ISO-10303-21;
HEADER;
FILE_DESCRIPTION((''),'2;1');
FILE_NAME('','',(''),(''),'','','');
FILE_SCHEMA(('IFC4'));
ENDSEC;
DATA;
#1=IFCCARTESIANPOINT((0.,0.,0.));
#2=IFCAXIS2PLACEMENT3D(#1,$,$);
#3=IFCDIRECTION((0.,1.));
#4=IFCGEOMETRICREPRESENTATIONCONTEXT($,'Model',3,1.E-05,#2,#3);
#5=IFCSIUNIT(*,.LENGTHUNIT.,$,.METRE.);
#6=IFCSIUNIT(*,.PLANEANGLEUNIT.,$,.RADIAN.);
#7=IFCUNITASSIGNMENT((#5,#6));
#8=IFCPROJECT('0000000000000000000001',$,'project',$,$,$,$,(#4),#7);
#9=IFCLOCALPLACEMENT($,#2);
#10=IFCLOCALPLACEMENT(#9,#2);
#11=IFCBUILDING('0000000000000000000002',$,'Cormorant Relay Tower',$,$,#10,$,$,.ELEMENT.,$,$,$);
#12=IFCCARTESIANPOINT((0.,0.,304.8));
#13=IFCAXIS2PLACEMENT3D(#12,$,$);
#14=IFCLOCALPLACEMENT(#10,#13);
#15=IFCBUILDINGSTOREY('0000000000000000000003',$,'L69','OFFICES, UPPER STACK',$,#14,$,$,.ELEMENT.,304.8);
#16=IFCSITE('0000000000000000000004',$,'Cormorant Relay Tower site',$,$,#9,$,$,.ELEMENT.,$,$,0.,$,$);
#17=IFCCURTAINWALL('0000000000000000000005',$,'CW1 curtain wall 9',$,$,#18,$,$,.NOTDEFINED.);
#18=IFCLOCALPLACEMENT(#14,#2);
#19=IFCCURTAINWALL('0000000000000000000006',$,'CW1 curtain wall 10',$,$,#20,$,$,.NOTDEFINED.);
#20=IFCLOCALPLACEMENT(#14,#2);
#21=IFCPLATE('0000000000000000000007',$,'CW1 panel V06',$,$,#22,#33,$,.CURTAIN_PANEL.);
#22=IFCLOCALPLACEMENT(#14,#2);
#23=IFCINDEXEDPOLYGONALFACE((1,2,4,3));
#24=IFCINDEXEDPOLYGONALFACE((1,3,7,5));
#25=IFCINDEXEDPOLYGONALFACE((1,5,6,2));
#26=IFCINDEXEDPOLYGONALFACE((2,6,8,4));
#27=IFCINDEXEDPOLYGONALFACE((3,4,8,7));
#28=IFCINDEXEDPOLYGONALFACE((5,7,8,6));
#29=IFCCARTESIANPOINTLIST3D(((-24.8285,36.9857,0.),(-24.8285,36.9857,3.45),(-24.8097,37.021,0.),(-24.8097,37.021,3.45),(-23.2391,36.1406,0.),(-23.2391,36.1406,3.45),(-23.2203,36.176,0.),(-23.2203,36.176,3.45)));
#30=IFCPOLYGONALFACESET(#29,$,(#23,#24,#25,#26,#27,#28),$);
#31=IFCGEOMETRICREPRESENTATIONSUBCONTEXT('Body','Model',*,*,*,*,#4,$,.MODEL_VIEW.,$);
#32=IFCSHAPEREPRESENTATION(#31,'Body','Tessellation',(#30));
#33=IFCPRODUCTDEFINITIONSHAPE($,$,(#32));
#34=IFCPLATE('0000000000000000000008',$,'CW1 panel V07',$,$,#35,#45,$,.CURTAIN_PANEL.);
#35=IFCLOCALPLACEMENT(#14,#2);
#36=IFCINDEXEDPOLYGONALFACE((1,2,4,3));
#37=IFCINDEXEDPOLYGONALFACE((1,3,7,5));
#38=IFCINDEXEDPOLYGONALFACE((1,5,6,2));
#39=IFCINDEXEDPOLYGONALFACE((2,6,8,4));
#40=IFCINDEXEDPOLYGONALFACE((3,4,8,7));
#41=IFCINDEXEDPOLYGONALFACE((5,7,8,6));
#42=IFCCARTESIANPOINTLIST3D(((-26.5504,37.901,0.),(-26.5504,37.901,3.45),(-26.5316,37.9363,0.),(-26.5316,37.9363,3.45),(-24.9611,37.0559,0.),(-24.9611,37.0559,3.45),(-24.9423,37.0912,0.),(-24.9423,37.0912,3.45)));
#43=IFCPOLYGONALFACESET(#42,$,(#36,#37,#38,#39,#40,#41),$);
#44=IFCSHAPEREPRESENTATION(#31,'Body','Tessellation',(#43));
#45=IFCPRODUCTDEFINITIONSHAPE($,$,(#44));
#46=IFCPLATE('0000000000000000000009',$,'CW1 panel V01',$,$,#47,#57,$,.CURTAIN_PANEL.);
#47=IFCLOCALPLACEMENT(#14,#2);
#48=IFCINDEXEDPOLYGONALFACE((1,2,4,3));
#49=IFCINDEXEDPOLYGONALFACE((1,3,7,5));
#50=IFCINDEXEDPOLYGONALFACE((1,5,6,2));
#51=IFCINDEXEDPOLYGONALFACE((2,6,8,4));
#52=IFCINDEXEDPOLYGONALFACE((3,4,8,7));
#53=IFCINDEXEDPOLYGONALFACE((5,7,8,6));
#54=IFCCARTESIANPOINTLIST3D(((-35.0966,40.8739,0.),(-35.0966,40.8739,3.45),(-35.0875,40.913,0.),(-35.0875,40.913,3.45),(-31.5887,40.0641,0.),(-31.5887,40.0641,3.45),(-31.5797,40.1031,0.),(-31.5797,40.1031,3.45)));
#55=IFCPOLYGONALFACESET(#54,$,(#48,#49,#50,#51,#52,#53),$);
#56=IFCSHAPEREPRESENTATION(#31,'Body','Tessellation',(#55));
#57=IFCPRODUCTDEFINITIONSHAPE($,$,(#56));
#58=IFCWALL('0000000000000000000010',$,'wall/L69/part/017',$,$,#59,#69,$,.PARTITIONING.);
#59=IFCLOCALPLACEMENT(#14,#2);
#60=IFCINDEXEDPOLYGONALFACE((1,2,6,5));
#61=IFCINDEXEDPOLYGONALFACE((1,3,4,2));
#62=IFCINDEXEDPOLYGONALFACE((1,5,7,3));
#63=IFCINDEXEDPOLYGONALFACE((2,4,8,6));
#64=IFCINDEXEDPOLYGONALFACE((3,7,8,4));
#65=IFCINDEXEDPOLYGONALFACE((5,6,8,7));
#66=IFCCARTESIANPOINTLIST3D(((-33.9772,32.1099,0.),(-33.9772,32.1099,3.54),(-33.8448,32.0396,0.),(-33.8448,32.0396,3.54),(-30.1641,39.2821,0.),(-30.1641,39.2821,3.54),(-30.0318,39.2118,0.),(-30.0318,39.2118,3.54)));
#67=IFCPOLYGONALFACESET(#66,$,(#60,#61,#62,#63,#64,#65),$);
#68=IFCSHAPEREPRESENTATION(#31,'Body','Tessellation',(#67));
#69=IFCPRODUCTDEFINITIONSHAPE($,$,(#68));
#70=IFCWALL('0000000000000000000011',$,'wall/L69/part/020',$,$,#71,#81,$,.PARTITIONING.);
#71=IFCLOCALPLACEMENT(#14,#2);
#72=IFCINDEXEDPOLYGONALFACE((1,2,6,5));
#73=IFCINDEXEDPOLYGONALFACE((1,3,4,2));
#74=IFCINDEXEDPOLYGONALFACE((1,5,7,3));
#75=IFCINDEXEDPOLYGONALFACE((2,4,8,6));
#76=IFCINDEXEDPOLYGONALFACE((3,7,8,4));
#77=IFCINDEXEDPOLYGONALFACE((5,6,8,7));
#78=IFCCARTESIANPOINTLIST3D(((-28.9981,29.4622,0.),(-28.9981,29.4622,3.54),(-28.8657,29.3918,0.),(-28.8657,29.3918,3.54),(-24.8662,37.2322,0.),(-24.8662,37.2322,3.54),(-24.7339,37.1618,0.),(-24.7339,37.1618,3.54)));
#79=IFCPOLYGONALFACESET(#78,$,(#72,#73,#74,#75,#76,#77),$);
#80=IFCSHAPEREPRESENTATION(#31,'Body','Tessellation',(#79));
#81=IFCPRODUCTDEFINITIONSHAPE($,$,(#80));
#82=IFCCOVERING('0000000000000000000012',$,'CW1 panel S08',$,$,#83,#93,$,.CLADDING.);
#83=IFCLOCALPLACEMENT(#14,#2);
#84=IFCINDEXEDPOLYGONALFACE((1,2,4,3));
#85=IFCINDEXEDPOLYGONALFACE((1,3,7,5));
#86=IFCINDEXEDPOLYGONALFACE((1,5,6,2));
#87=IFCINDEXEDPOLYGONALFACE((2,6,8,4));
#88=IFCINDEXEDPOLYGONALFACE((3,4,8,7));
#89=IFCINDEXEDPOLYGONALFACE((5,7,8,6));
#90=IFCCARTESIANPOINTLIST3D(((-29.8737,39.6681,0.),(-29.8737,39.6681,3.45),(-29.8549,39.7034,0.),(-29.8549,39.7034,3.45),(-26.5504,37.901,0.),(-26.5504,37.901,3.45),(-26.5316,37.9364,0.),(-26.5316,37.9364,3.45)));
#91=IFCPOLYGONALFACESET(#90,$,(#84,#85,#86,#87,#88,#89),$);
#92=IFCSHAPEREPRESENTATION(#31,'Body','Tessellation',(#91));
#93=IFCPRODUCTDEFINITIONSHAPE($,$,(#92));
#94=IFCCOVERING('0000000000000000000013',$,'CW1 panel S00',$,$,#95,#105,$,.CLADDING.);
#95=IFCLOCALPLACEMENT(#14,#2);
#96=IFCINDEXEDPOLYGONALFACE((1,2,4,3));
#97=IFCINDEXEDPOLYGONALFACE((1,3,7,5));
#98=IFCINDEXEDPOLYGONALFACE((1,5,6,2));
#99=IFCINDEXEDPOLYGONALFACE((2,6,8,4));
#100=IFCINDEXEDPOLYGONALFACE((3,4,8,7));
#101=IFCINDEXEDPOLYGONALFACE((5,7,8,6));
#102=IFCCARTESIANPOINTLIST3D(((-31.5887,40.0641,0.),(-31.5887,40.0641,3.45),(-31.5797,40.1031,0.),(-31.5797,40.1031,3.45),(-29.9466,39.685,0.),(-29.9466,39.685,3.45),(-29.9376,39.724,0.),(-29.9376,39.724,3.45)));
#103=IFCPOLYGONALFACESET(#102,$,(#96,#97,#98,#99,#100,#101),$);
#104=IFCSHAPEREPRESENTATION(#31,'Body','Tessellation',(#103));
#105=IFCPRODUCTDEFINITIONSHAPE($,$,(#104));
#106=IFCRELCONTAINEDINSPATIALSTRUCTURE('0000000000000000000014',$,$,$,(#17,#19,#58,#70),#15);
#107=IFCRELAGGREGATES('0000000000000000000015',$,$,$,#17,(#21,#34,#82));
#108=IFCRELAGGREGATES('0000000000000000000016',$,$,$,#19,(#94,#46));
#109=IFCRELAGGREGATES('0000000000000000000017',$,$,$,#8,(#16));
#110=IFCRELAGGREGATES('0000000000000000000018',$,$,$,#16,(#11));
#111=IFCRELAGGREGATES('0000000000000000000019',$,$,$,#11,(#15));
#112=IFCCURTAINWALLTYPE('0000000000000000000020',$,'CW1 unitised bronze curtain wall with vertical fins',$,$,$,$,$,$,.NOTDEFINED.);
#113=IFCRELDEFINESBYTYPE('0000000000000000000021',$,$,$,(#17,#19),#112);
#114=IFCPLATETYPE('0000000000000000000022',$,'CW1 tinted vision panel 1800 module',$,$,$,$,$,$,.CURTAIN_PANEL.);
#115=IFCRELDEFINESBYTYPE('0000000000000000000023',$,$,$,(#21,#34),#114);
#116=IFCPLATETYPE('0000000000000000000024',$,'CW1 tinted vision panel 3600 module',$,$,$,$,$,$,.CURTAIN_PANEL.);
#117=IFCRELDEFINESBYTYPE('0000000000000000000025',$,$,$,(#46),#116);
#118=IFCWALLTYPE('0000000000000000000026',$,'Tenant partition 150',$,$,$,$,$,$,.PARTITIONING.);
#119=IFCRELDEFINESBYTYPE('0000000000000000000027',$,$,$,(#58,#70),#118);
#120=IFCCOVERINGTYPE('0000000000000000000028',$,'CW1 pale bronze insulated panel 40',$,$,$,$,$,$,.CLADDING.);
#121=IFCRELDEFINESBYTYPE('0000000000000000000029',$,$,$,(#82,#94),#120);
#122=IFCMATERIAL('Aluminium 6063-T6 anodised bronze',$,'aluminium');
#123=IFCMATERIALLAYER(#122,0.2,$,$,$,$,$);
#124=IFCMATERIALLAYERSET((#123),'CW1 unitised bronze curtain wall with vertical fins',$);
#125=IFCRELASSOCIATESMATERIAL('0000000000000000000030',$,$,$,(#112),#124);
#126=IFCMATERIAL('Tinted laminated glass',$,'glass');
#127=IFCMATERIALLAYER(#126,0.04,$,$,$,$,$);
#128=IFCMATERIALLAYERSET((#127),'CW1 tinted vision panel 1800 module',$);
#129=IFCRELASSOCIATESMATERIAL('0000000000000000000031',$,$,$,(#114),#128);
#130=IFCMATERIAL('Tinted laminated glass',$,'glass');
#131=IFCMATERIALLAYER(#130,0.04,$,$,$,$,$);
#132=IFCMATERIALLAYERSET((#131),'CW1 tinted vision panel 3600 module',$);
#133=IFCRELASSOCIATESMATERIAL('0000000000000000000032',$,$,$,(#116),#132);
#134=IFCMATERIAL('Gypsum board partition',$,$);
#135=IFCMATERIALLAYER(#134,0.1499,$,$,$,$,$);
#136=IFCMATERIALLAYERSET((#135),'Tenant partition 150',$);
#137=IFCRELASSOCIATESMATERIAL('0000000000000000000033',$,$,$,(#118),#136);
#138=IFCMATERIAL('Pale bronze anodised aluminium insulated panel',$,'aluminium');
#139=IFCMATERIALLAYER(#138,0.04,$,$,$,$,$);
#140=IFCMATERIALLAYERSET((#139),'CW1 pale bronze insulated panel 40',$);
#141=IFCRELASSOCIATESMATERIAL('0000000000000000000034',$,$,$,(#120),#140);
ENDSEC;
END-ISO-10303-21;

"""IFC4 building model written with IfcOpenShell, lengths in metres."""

from ifc_helpers import new_model, si_unit, direction, frame, frame_2d, origin, origin_2d, place, context, subcontext, project, spatial, rectangle, extrude, material, layer, layer_set, type_object, element, aggregate, save


model = new_model("IFC4")

# Units and contexts
model_context = context("Model", 3, precision=1e-05, world=origin(), true_north=direction((0.0, 1.0)))
body_context = subcontext(model_context, "Body", "Model", "MODEL_VIEW")
ifc_project = project(units=[si_unit("LENGTHUNIT", "METRE"), si_unit("PLANEANGLEUNIT", "RADIAN")], contexts=[model_context])

# Site, building, storey
site_placement = place(None, origin())
site = spatial("IfcSite", under=ifc_project, at=site_placement, Name="Cormorant Relay Tower site", CompositionType="ELEMENT", RefElevation=0.0)
building_placement = place(site_placement, origin())
building = spatial("IfcBuilding", under=site, at=building_placement, Name="Cormorant Relay Tower", CompositionType="ELEMENT")
storey_placement = place(building_placement, frame((0.0, 0.0, 304.8)))
storey = spatial("IfcBuildingStorey", under=building, at=storey_placement, Name="L69", Description="OFFICES, UPPER STACK", CompositionType="ELEMENT", Elevation=304.8)

# Curtain wall
ifc_material_1 = material(Name="Aluminium 6063-T6 anodised bronze", Category="aluminium")
ifc_layer_1 = layer(ifc_material_1, 0.2)
ifc_layer_set_1 = layer_set([ifc_layer_1], Name="CW1 unitised bronze curtain wall with vertical fins")
curtain_wall_type = type_object("IfcCurtainWallType", Name="CW1 unitised bronze curtain wall with vertical fins", PredefinedType="NOTDEFINED", material=ifc_layer_set_1)
curtain_wall_1_placement = place(storey_placement, origin())
curtain_wall_1 = element("IfcCurtainWall", 1, at=curtain_wall_1_placement, inside=storey, type_object=curtain_wall_type, Name="CW1 curtain wall 9", PredefinedType="NOTDEFINED")

# Curtain wall
curtain_wall_2_placement = place(storey_placement, origin())
curtain_wall_2 = element("IfcCurtainWall", 2, at=curtain_wall_2_placement, inside=storey, type_object=curtain_wall_type, Name="CW1 curtain wall 10", PredefinedType="NOTDEFINED")

# Plates
ifc_material_2 = material(Name="Tinted laminated glass", Category="glass")
ifc_layer_2 = layer(ifc_material_2, 0.04)
ifc_layer_set_2 = layer_set([ifc_layer_2], Name="CW1 tinted vision panel 1800 module")
plate_type_1 = type_object("IfcPlateType", Name="CW1 tinted vision panel 1800 module", PredefinedType="CURTAIN_PANEL", material=ifc_layer_set_2)
plate_1_placement = place(storey_placement, frame((-24.0244, 36.5808, 0.0), z_axis=(0.0, 0.0, 1.0), x_axis=(-0.882948, 0.469472, 0.0)))
plate_1 = element("IfcPlate", 3, at=plate_1_placement, type_object=plate_type_1, Name="CW1 panel V06", PredefinedType="CURTAIN_PANEL", context=body_context, shape_type="SweptSolid", body=[
    extrude(rectangle(XDim=1.8, YDim=0.04, at=origin_2d()), origin(), (0.0, 0.0, 1.0), 3.45),
])
plate_2_placement = place(storey_placement, frame((-25.7463, 37.4961, 0.0), z_axis=(0.0, 0.0, 1.0), x_axis=(-0.882948, 0.469472, 0.0)))
plate_2 = element("IfcPlate", 4, at=plate_2_placement, type_object=plate_type_1, Name="CW1 panel V07", PredefinedType="CURTAIN_PANEL", context=body_context, shape_type="SweptSolid", body=[
    extrude(rectangle(XDim=1.8, YDim=0.04, at=origin_2d()), origin(), (0.0, 0.0, 1.0), 3.45),
])
ifc_material_3 = material(Name="Tinted laminated glass", Category="glass")
ifc_layer_3 = layer(ifc_material_3, 0.04)
ifc_layer_set_3 = layer_set([ifc_layer_3], Name="CW1 tinted vision panel 3600 module")
plate_type_2 = type_object("IfcPlateType", Name="CW1 tinted vision panel 3600 module", PredefinedType="CURTAIN_PANEL", material=ifc_layer_set_3)
plate_3_placement = place(storey_placement, frame((-33.3381, 40.4885, 0.0), z_axis=(0.0, 0.0, 1.0), x_axis=(-0.97437, 0.224951, 0.0)))
plate_3 = element("IfcPlate", 5, at=plate_3_placement, type_object=plate_type_2, Name="CW1 panel V01", PredefinedType="CURTAIN_PANEL", context=body_context, shape_type="SweptSolid", body=[
    extrude(rectangle(XDim=3.6001, YDim=0.04, at=origin_2d()), origin(), (0.0, 0.0, 1.0), 3.45),
])

# Walls
ifc_material_4 = material(Name="Gypsum board partition")
ifc_layer_4 = layer(ifc_material_4, 0.1499)
ifc_layer_set_4 = layer_set([ifc_layer_4], Name="Tenant partition 150")
wall_type = type_object("IfcWallType", Name="Tenant partition 150", PredefinedType="PARTITIONING", material=ifc_layer_set_4)
wall_1_placement = place(storey_placement, frame((-30.0979, 39.2471, 0.0), z_axis=(0.0, 0.0, 1.0), x_axis=(-0.469424, -0.882973, 0.0)))
element("IfcWall", 6, at=wall_1_placement, inside=storey, type_object=wall_type, Name="wall/L69/part/017", PredefinedType="PARTITIONING", context=body_context, shape_type="SweptSolid", body=[
    extrude(rectangle(XDim=8.1228, YDim=0.1499, at=frame_2d((4.0615, 0.0))), origin(), (0.0, 0.0, 1.0), 3.54),
])
wall_2_placement = place(storey_placement, frame((-24.8, 37.197, 0.0), z_axis=(0.0, 0.0, 1.0), x_axis=(-0.469511, -0.882927, 0.0)))
element("IfcWall", 7, at=wall_2_placement, inside=storey, type_object=wall_type, Name="wall/L69/part/020", PredefinedType="PARTITIONING", context=body_context, shape_type="SweptSolid", body=[
    extrude(rectangle(XDim=8.8003, YDim=0.1499, at=frame_2d((4.4001, 0.0))), origin(), (0.0, 0.0, 1.0), 3.54),
])

# Coverings
ifc_material_5 = material(Name="Pale bronze anodised aluminium insulated panel", Category="aluminium")
ifc_layer_5 = layer(ifc_material_5, 0.04)
ifc_layer_set_5 = layer_set([ifc_layer_5], Name="CW1 pale bronze insulated panel 40")
covering_type = type_object("IfcCoveringType", Name="CW1 pale bronze insulated panel 40", PredefinedType="CLADDING", material=ifc_layer_set_5)
covering_1_placement = place(storey_placement, frame((-28.2026, 38.8022, 0.0), z_axis=(0.0, 0.0, 1.0), x_axis=(-0.882948, 0.469472, 0.0)))
covering_1 = element("IfcCovering", 8, at=covering_1_placement, type_object=covering_type, Name="CW1 panel S08", PredefinedType="CLADDING", context=body_context, shape_type="SweptSolid", body=[
    extrude(rectangle(XDim=3.7639, YDim=0.04, at=origin_2d()), origin(), (0.0, 0.0, 1.0), 3.45),
])
aggregate(curtain_wall_1, [plate_1, plate_2, covering_1])
covering_2_placement = place(storey_placement, frame((-30.7632, 39.894, 0.0), z_axis=(0.0, 0.0, 1.0), x_axis=(-0.97437, 0.224951, 0.0)))
covering_2 = element("IfcCovering", 9, at=covering_2_placement, type_object=covering_type, Name="CW1 panel S00", PredefinedType="CLADDING", context=body_context, shape_type="SweptSolid", body=[
    extrude(rectangle(XDim=1.6853, YDim=0.04, at=origin_2d()), origin(), (0.0, 0.0, 1.0), 3.45),
])
aggregate(curtain_wall_2, [covering_2, plate_3])

save(model, "model.ifc")
